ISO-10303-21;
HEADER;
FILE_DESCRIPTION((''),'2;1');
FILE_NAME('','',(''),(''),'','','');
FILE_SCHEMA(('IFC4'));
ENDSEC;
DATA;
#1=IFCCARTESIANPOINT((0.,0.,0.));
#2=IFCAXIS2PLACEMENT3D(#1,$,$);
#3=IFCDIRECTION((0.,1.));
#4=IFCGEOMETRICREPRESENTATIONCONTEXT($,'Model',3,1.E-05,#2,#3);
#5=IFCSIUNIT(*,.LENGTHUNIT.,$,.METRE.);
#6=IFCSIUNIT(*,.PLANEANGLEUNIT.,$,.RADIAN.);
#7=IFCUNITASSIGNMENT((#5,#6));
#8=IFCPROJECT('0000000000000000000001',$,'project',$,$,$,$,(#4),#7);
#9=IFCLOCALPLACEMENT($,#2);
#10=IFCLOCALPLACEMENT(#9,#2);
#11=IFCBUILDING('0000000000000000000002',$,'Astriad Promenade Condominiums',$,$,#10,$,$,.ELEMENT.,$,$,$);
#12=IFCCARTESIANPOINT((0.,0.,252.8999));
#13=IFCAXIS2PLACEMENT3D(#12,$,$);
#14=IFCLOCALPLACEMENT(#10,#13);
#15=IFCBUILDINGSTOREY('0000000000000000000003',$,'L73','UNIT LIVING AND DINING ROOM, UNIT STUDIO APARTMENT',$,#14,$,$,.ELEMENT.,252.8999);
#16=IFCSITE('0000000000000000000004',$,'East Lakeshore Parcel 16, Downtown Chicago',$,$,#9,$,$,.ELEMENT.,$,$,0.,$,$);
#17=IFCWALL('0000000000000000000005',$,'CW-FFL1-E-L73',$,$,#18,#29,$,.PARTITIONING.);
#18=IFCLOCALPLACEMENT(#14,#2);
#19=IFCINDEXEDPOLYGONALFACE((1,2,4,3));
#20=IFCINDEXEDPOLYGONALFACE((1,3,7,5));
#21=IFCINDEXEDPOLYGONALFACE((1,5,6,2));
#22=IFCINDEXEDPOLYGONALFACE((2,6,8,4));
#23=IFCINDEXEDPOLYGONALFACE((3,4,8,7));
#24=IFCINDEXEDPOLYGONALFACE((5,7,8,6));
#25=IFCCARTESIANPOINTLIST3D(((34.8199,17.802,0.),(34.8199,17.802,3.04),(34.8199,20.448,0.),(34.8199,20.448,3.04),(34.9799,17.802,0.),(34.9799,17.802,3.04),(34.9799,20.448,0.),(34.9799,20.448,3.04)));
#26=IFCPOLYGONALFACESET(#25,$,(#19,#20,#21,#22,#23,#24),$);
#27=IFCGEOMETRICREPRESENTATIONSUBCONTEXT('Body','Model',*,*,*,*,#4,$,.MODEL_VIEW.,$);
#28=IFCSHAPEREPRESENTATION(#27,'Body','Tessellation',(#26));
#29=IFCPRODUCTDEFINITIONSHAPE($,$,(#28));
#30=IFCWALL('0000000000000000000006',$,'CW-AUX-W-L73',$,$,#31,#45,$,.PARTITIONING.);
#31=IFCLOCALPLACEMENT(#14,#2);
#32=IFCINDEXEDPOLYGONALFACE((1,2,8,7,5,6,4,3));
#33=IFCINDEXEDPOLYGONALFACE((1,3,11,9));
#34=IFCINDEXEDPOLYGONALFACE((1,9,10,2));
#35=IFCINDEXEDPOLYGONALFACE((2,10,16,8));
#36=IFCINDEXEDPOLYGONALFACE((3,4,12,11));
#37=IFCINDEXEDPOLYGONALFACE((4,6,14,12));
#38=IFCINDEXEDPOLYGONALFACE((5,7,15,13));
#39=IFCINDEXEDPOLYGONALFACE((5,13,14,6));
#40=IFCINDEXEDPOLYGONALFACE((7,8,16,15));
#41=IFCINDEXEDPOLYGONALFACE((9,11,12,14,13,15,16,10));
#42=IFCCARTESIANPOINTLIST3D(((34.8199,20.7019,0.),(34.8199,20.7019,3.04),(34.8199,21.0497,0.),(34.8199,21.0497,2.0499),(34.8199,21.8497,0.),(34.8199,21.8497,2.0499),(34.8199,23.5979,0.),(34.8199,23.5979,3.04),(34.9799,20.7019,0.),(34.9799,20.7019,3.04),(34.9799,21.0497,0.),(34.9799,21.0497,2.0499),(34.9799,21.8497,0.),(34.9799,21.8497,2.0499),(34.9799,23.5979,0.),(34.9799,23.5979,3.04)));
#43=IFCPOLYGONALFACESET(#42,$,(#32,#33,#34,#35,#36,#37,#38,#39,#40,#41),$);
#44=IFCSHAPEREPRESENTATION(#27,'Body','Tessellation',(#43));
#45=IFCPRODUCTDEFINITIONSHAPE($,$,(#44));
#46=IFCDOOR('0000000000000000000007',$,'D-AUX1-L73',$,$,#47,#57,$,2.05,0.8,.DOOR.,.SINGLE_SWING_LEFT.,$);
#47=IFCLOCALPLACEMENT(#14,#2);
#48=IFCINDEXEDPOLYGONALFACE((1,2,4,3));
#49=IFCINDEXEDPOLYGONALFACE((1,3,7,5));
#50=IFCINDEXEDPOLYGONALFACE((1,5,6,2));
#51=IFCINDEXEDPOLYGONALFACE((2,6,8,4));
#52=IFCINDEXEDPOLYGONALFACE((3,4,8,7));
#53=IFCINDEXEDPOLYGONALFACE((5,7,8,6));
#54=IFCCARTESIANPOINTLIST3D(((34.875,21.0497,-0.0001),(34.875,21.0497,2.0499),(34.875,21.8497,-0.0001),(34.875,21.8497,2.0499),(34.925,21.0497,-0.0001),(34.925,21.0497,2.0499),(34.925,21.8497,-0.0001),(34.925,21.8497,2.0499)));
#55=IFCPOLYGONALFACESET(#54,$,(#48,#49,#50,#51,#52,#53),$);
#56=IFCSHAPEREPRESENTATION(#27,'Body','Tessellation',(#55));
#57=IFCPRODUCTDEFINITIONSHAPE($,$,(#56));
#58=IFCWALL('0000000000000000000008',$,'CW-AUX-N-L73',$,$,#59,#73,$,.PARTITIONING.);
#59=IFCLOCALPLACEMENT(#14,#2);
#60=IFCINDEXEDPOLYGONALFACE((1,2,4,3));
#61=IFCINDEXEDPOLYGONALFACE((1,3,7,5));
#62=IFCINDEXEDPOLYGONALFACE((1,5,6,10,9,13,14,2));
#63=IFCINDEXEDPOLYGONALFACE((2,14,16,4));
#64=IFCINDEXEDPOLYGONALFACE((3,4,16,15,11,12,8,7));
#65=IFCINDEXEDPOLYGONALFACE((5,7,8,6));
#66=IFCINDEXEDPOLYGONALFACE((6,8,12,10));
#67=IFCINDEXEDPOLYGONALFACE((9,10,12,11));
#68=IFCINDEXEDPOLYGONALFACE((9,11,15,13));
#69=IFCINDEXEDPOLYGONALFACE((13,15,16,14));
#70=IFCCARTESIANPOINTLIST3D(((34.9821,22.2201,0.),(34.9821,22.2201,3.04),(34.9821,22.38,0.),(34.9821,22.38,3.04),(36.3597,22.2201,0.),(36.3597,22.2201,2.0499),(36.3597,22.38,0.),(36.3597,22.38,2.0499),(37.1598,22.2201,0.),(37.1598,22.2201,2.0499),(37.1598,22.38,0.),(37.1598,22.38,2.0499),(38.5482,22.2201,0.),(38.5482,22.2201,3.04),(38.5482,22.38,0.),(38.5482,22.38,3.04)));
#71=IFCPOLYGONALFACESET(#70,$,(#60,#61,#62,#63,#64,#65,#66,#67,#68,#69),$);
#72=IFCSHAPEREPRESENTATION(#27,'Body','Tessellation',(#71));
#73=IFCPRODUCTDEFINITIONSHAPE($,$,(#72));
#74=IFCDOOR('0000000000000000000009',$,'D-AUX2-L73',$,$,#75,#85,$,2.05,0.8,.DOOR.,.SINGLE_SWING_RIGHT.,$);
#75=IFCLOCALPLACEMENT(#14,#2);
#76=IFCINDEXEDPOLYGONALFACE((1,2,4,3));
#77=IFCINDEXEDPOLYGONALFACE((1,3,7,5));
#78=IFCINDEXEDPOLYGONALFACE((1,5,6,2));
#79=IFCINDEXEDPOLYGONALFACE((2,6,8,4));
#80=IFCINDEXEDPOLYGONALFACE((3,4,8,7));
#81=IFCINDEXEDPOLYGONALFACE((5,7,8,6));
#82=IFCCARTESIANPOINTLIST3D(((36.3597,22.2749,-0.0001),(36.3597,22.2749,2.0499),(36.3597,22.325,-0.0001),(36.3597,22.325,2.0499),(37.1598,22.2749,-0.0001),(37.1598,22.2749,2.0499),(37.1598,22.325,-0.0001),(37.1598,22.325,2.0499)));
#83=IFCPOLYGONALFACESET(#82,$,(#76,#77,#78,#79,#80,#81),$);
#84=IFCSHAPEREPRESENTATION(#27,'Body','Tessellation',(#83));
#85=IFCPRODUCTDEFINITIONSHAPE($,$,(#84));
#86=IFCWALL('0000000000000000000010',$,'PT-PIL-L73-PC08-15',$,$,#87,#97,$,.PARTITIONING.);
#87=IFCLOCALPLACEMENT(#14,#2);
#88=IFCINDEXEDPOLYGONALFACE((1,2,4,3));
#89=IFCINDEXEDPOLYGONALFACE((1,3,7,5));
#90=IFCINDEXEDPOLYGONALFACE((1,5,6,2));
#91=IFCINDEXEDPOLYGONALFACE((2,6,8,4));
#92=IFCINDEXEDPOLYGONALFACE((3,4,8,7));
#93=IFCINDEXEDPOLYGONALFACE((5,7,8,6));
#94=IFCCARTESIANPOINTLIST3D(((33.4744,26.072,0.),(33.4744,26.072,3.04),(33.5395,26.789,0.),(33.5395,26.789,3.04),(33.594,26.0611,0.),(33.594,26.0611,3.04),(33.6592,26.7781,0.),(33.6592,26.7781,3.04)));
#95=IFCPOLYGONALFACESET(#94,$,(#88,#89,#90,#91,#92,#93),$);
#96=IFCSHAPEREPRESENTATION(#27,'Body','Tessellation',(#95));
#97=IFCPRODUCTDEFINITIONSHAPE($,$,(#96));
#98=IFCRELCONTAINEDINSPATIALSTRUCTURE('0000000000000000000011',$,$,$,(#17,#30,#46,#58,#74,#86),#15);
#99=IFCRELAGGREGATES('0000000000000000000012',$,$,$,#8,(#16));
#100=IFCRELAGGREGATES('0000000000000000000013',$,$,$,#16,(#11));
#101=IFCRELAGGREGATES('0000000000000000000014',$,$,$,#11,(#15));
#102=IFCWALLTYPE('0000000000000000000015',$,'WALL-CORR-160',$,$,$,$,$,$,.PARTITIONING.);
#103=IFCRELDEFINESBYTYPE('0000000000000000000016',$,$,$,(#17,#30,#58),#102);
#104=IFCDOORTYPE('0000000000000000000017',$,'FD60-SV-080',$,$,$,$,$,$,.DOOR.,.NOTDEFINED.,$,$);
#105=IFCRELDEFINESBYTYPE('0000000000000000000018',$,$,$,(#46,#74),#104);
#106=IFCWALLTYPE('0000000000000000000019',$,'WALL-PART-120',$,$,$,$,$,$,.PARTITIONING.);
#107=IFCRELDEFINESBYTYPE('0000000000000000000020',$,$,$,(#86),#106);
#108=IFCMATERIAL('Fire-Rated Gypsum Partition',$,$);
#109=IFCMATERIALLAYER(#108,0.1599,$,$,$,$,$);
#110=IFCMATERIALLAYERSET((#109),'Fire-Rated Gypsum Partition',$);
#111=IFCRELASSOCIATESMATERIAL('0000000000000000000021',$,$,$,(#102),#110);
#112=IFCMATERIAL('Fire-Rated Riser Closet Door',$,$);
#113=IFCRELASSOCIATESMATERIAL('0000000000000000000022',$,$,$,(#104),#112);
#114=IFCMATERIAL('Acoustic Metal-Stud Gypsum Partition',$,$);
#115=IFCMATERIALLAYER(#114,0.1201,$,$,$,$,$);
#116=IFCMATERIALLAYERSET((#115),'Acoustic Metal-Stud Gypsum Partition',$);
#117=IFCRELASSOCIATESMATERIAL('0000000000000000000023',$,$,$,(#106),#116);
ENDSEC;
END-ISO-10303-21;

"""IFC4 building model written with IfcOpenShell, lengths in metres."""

from ifc_helpers import new_model, si_unit, direction, frame, frame_2d, origin, place, context, subcontext, project, spatial, rectangle, extrude, source, transform, mapped, material, layer, layer_set, type_object, type_shapes, element, fill, save


model = new_model("IFC4")

# Units and contexts
model_context = context("Model", 3, precision=1e-05, world=origin(), true_north=direction((0.0, 1.0)))
body_context = subcontext(model_context, "Body", "Model", "MODEL_VIEW")
ifc_project = project(units=[si_unit("LENGTHUNIT", "METRE"), si_unit("PLANEANGLEUNIT", "RADIAN")], contexts=[model_context])

# Site, building, storey
site_placement = place(None, origin())
site = spatial("IfcSite", under=ifc_project, at=site_placement, Name="East Lakeshore Parcel 16, Downtown Chicago", CompositionType="ELEMENT", RefElevation=0.0)
building_placement = place(site_placement, origin())
building = spatial("IfcBuilding", under=site, at=building_placement, Name="Astriad Promenade Condominiums", CompositionType="ELEMENT")
storey_placement = place(building_placement, frame((0.0, 0.0, 252.8999)))
storey = spatial("IfcBuildingStorey", under=building, at=storey_placement, Name="L73", Description="UNIT LIVING AND DINING ROOM, UNIT STUDIO APARTMENT", CompositionType="ELEMENT", Elevation=252.8999)

# Wall
ifc_material_1 = material(Name="Fire-Rated Gypsum Partition")
ifc_layer_1 = layer(ifc_material_1, 0.1599)
ifc_layer_set_1 = layer_set([ifc_layer_1], Name="Fire-Rated Gypsum Partition")
wall_type_1 = type_object("IfcWallType", Name="WALL-CORR-160", PredefinedType="PARTITIONING", material=ifc_layer_set_1)
wall_1_placement = place(storey_placement, frame((34.8999, 17.802, 0.0), z_axis=(0.0, 0.0, 1.0), x_axis=(0.0, 1.0, 0.0)))
element("IfcWall", 1, at=wall_1_placement, inside=storey, type_object=wall_type_1, Name="CW-FFL1-E-L73", PredefinedType="PARTITIONING", context=body_context, shape_type="SweptSolid", body=[
    extrude(rectangle(XDim=2.646, YDim=0.1599, at=frame_2d((1.323, 0.0))), origin(), (0.0, 0.0, 1.0), 3.04),
])

# Walls, openings, doors
wall_2_placement = place(storey_placement, frame((34.8999, 20.7019, 0.0), z_axis=(0.0, 0.0, 1.0), x_axis=(0.0, 1.0, 0.0)))
wall_2 = element("IfcWall", 2, at=wall_2_placement, inside=storey, type_object=wall_type_1, Name="CW-AUX-W-L73", PredefinedType="PARTITIONING", context=body_context, shape_type="SweptSolid", body=[
    extrude(rectangle(XDim=2.896, YDim=0.1599, at=frame_2d((1.448, 0.0))), origin(), (0.0, 0.0, 1.0), 3.04),
])
opening_1_placement = place(wall_2_placement, frame((0.3479, 0.0, 0.0)))
opening_1 = element("IfcOpeningElement", 3, at=opening_1_placement, cuts=wall_2, PredefinedType="OPENING", context=body_context, shape_type="SweptSolid", body=[
    extrude(rectangle(XDim=0.8, YDim=2.05, at=frame_2d((0.3999, 1.0249))), frame((0.0, 0.0898, 0.0), z_axis=(0.0, -1.0, 0.0), x_axis=(1.0, 0.0, 0.0)), (0.0, 0.0, 1.0), 0.1799),
])
ifc_material_2 = material(Name="Fire-Rated Riser Closet Door")
door_type_1 = type_object("IfcDoorType", Name="FD60-SV-080", OperationType="NOTDEFINED", PredefinedType="DOOR", material=ifc_material_2)
shared_shape_1 = source(origin(), body_context, "Body", "SweptSolid", [
    extrude(rectangle(XDim=0.8, YDim=2.05, at=frame_2d((0.3999, 1.0249))), frame((0.0, 0.0249, 0.0), z_axis=(0.0, -1.0, 0.0), x_axis=(1.0, 0.0, 0.0)), (0.0, 0.0, 1.0), 0.05),
])
type_shapes(door_type_1, [shared_shape_1])
door_1_placement = place(opening_1_placement, origin())
door_1 = element("IfcDoor", 4, at=door_1_placement, inside=storey, type_object=door_type_1, Name="D-AUX1-L73", OperationType="SINGLE_SWING_LEFT", OverallHeight=2.05, OverallWidth=0.8, PredefinedType="DOOR", context=body_context, shape_type="MappedRepresentation", body=[
    mapped(shared_shape_1, transform((0.0, 0.0, 0.0), scale=1.0)),
])
fill(opening_1, door_1)
wall_3_placement = place(storey_placement, frame((34.9819, 22.3, 0.0), z_axis=(0.0, 0.0, 1.0), x_axis=(1.0, 0.0, 0.0)))
wall_3 = element("IfcWall", 5, at=wall_3_placement, inside=storey, type_object=wall_type_1, Name="CW-AUX-N-L73", PredefinedType="PARTITIONING", context=body_context, shape_type="SweptSolid", body=[
    extrude(rectangle(XDim=3.5662, YDim=0.1599, at=frame_2d((1.7832, 0.0))), origin(), (0.0, 0.0, 1.0), 3.04),
])
opening_2_placement = place(wall_3_placement, frame((1.3779, 0.0, 0.0)))
opening_2 = element("IfcOpeningElement", 6, at=opening_2_placement, cuts=wall_3, PredefinedType="OPENING", context=body_context, shape_type="SweptSolid", body=[
    extrude(rectangle(XDim=0.8, YDim=2.05, at=frame_2d((0.3999, 1.0249))), frame((0.0, 0.0898, 0.0), z_axis=(0.0, -1.0, 0.0), x_axis=(1.0, 0.0, 0.0)), (0.0, 0.0, 1.0), 0.1799),
])
door_2_placement = place(opening_2_placement, origin())
door_2 = element("IfcDoor", 7, at=door_2_placement, inside=storey, type_object=door_type_1, Name="D-AUX2-L73", OperationType="SINGLE_SWING_RIGHT", OverallHeight=2.05, OverallWidth=0.8, PredefinedType="DOOR", context=body_context, shape_type="MappedRepresentation", body=[
    mapped(shared_shape_1, transform((0.0, 0.0, 0.0), scale=1.0)),
])
fill(opening_2, door_2)

# Wall
ifc_material_3 = material(Name="Acoustic Metal-Stud Gypsum Partition")
ifc_layer_2 = layer(ifc_material_3, 0.1201)
ifc_layer_set_2 = layer_set([ifc_layer_2], Name="Acoustic Metal-Stud Gypsum Partition")
wall_type_2 = type_object("IfcWallType", Name="WALL-PART-120", PredefinedType="PARTITIONING", material=ifc_layer_set_2)
wall_4_placement = place(storey_placement, frame((33.5342, 26.0667, 0.0), z_axis=(0.0, 0.0, 1.0), x_axis=(0.090536, 0.995893, 0.0)))
element("IfcWall", 8, at=wall_4_placement, inside=storey, type_object=wall_type_2, Name="PT-PIL-L73-PC08-15", PredefinedType="PARTITIONING", context=body_context, shape_type="SweptSolid", body=[
    extrude(rectangle(XDim=0.72, YDim=0.1201, at=frame_2d((0.3599, 0.0))), origin(), (0.0, 0.0, 1.0), 3.04),
])

save(model, "model.ifc")
